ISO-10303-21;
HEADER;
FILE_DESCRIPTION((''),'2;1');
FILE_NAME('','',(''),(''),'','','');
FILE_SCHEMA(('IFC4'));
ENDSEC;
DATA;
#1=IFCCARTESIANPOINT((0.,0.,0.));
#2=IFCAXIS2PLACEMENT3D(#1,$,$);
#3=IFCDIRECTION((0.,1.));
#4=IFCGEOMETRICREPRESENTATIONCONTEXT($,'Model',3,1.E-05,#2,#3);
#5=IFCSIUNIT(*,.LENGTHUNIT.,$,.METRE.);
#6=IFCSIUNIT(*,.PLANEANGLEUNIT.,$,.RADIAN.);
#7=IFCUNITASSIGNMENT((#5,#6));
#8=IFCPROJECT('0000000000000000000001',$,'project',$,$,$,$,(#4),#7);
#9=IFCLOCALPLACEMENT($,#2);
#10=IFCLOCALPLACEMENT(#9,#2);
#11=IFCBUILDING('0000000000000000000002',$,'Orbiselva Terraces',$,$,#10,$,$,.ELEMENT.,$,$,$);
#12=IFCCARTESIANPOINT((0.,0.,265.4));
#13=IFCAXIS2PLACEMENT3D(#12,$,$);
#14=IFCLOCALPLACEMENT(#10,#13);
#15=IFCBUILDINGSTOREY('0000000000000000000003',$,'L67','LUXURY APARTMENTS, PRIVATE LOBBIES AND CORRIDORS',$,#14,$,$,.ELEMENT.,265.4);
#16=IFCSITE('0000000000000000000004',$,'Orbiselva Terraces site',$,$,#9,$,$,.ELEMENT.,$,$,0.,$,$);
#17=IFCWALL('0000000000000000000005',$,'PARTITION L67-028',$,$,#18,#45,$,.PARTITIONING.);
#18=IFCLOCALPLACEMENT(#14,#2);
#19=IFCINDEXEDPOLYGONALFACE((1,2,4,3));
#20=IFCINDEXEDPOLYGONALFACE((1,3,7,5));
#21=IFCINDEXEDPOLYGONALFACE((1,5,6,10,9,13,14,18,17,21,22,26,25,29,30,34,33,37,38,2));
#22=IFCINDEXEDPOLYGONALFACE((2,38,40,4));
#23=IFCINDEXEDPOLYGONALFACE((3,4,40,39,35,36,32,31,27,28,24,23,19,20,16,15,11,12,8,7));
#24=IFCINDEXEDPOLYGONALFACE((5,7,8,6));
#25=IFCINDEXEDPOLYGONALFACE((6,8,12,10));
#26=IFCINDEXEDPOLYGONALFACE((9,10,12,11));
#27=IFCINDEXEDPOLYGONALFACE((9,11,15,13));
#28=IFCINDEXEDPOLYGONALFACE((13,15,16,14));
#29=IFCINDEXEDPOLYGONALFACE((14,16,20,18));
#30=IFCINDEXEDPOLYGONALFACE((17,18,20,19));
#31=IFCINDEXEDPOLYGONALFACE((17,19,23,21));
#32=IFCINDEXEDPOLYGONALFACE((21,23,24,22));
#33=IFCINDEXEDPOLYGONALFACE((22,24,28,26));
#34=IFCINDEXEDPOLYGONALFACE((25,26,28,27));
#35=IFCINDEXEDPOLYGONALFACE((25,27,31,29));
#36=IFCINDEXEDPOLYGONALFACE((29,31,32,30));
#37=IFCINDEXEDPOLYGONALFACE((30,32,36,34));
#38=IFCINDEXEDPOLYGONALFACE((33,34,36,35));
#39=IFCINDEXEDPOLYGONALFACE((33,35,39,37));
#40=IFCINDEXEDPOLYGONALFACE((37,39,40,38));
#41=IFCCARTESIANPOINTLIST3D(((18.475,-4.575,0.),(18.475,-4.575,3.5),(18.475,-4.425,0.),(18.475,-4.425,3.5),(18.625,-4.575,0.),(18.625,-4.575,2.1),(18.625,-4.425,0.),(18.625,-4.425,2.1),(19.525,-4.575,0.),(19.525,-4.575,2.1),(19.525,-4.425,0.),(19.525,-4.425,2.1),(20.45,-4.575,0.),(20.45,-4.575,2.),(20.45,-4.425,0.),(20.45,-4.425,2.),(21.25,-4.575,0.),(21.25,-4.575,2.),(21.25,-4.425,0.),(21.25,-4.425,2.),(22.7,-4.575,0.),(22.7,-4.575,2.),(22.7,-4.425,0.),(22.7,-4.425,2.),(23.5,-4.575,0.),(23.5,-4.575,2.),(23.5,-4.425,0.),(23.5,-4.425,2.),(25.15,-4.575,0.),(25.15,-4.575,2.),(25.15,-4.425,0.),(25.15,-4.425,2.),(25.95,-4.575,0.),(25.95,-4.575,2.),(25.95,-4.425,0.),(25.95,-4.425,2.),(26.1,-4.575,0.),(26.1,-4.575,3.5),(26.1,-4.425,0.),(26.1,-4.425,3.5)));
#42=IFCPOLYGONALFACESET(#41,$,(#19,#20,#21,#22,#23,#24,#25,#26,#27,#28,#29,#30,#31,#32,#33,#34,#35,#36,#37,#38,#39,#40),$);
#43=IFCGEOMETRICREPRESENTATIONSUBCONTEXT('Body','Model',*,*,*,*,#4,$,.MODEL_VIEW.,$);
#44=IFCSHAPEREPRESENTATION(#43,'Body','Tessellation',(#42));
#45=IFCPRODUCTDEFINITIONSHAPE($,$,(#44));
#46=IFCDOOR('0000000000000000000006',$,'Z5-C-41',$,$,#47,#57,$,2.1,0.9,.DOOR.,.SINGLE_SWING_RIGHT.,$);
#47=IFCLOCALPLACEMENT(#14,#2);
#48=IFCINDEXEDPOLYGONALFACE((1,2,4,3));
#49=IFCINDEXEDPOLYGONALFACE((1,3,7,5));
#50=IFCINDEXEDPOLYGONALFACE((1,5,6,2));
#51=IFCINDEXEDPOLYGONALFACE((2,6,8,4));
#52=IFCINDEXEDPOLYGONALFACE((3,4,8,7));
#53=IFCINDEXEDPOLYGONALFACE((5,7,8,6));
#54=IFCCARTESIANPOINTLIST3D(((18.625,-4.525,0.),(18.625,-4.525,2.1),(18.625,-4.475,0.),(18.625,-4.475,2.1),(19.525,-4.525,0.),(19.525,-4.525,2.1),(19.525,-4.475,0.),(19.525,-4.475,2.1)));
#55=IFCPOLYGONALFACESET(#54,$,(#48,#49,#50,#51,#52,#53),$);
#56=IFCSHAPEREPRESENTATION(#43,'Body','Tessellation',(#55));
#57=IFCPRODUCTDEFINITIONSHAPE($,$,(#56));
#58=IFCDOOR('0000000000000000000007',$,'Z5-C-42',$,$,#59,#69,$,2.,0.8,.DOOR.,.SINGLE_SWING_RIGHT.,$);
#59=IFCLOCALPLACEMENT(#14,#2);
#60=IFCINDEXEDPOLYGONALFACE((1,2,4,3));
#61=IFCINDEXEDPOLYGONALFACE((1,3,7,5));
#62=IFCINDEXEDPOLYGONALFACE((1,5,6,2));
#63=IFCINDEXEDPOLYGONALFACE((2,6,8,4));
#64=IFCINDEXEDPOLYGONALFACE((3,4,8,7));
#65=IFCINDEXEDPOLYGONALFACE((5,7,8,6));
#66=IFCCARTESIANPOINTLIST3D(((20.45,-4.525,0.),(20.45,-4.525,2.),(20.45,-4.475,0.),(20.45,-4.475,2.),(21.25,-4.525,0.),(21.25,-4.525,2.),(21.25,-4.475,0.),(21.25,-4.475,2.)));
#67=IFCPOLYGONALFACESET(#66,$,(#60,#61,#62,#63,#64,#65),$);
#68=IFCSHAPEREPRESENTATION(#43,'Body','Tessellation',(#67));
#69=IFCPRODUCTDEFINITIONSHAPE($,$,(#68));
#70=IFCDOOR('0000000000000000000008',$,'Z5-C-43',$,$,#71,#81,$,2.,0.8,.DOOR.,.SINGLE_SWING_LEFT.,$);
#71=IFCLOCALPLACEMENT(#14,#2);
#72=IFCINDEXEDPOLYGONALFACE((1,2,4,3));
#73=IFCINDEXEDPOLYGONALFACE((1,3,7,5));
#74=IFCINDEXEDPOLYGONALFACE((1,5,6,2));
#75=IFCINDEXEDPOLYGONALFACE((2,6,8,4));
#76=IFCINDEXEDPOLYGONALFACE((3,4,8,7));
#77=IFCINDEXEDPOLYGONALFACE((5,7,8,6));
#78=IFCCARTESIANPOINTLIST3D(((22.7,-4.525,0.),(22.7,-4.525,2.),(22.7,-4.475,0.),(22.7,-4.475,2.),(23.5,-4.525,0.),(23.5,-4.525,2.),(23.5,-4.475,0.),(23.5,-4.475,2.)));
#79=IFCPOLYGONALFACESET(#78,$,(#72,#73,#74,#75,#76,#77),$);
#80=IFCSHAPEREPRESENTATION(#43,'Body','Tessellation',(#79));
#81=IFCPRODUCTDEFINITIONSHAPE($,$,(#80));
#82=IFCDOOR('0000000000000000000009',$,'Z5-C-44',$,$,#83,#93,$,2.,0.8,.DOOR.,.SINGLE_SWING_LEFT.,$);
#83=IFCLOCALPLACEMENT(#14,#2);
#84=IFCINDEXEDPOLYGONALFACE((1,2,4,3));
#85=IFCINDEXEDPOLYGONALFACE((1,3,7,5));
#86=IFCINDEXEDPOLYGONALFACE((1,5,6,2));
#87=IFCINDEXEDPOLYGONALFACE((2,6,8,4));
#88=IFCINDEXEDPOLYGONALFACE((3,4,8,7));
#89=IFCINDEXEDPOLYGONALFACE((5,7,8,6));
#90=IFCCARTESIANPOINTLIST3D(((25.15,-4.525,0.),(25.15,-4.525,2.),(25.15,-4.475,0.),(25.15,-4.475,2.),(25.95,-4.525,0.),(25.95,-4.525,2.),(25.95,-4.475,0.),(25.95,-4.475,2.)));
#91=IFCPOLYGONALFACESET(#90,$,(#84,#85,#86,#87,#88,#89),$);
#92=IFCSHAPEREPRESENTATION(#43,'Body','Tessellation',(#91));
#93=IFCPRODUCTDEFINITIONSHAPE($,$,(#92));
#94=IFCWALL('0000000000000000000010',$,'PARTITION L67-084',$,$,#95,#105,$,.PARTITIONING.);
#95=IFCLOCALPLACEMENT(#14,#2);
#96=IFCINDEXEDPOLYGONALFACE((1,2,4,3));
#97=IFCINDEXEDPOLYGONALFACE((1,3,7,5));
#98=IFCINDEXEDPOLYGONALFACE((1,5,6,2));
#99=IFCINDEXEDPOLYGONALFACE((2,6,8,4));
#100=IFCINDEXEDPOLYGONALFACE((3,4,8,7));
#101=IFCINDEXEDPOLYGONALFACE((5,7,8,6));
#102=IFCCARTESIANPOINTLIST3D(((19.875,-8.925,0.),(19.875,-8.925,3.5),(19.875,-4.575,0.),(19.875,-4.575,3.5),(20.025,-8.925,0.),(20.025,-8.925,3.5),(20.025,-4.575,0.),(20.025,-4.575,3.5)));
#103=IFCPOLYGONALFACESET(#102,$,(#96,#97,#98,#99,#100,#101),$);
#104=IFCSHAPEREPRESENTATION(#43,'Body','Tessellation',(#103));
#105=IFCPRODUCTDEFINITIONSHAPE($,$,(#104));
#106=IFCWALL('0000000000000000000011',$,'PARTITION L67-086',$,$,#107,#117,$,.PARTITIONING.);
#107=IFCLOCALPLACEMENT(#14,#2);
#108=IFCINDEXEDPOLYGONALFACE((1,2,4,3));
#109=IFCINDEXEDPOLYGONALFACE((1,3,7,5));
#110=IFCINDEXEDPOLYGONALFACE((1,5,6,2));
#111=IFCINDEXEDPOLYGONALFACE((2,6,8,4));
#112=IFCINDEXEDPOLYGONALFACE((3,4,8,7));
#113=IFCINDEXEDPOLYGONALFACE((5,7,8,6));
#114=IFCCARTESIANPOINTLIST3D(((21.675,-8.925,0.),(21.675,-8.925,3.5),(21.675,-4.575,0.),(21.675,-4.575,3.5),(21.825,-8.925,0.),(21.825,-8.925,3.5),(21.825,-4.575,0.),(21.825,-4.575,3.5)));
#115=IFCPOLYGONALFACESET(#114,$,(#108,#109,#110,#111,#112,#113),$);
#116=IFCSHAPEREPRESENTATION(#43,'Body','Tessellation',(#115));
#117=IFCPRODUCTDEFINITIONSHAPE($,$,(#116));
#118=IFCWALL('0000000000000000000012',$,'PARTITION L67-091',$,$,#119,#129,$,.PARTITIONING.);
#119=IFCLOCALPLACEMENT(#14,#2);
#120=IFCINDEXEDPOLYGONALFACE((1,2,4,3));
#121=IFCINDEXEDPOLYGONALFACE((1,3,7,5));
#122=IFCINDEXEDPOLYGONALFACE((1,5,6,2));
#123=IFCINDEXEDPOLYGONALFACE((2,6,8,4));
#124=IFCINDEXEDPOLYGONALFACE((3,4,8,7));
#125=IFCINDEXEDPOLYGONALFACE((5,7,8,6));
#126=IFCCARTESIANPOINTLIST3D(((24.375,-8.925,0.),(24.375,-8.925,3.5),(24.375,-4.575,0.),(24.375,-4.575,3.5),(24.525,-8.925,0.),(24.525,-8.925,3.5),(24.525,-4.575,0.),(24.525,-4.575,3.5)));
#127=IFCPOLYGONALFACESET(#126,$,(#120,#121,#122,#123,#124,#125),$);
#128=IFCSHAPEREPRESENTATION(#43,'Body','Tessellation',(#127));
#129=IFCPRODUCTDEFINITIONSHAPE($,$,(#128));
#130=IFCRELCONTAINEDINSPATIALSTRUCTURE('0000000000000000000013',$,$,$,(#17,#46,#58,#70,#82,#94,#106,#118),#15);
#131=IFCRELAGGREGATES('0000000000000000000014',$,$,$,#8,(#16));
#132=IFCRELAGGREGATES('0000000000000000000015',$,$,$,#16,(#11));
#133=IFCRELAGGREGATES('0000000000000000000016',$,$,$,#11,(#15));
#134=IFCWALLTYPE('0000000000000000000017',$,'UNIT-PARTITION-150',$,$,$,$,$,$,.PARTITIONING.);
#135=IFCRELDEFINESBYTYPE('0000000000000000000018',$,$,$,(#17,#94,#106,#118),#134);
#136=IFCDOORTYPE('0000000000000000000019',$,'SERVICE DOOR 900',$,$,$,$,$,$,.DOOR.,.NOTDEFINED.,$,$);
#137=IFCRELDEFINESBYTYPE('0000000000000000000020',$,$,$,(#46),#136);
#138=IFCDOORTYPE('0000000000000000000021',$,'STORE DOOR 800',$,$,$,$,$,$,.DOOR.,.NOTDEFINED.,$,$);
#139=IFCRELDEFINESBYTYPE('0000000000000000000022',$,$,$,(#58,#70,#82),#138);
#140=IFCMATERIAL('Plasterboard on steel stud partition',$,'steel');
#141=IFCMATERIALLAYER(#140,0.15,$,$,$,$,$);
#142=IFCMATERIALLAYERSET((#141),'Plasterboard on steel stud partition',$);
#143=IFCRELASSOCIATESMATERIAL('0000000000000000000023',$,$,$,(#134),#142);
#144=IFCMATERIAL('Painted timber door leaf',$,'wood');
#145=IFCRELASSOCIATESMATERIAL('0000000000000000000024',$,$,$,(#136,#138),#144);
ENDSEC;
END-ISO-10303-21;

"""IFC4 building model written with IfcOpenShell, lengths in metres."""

from ifc_helpers import new_model, si_unit, direction, frame, frame_2d, origin, place, context, subcontext, project, spatial, rectangle, extrude, material, layer, layer_set, type_object, element, fill, save


model = new_model("IFC4")

# Units and contexts
model_context = context("Model", 3, precision=1e-05, world=origin(), true_north=direction((0.0, 1.0)))
body_context = subcontext(model_context, "Body", "Model", "MODEL_VIEW")
ifc_project = project(units=[si_unit("LENGTHUNIT", "METRE"), si_unit("PLANEANGLEUNIT", "RADIAN")], contexts=[model_context])

# Site, building, storey
site_placement = place(None, origin())
site = spatial("IfcSite", under=ifc_project, at=site_placement, Name="Orbiselva Terraces site", CompositionType="ELEMENT", RefElevation=0.0)
building_placement = place(site_placement, origin())
building = spatial("IfcBuilding", under=site, at=building_placement, Name="Orbiselva Terraces", CompositionType="ELEMENT")
storey_placement = place(building_placement, frame((0.0, 0.0, 265.4)))
storey = spatial("IfcBuildingStorey", under=building, at=storey_placement, Name="L67", Description="LUXURY APARTMENTS, PRIVATE LOBBIES AND CORRIDORS", CompositionType="ELEMENT", Elevation=265.4)

# Shared definitions
ifc_material_1 = material(Name="Plasterboard on steel stud partition", Category="steel")
ifc_layer_1 = layer(ifc_material_1, 0.15)
ifc_layer_set_1 = layer_set([ifc_layer_1], Name="Plasterboard on steel stud partition")
wall_type_1 = type_object("IfcWallType", Name="UNIT-PARTITION-150", PredefinedType="PARTITIONING", material=ifc_layer_set_1)

# Wall, openings, doors
wall_1_placement = place(storey_placement, frame((26.1, -4.5, 0.0), z_axis=(0.0, 0.0, 1.0), x_axis=(-1.0, 0.0, 0.0)))
wall_1 = element("IfcWall", 1, at=wall_1_placement, inside=storey, type_object=wall_type_1, Name="PARTITION L67-028", PredefinedType="PARTITIONING", context=body_context, shape_type="SweptSolid", body=[
    extrude(rectangle(XDim=7.625, YDim=0.15, at=frame_2d((3.8125, 0.0))), origin(), (0.0, 0.0, 1.0), 3.5),
])
opening_1_placement = place(wall_1_placement, frame((6.575, 0.0, 0.0)))
opening_1 = element("IfcOpeningElement", 2, at=opening_1_placement, cuts=wall_1, PredefinedType="OPENING", context=body_context, shape_type="SweptSolid", body=[
    extrude(rectangle(XDim=0.9, YDim=2.1, at=frame_2d((0.45, 1.05))), frame((0.0, 0.085, 0.0), z_axis=(0.0, -1.0, 0.0), x_axis=(1.0, 0.0, 0.0)), (0.0, 0.0, 1.0), 0.17),
])
opening_2_placement = place(wall_1_placement, frame((4.85, 0.0, 0.0)))
opening_2 = element("IfcOpeningElement", 3, at=opening_2_placement, cuts=wall_1, PredefinedType="OPENING", context=body_context, shape_type="SweptSolid", body=[
    extrude(rectangle(XDim=0.8, YDim=2.0, at=frame_2d((0.4, 1.0))), frame((0.0, 0.085, 0.0), z_axis=(0.0, -1.0, 0.0), x_axis=(1.0, 0.0, 0.0)), (0.0, 0.0, 1.0), 0.17),
])
opening_3_placement = place(wall_1_placement, frame((2.6, 0.0, 0.0)))
opening_3 = element("IfcOpeningElement", 4, at=opening_3_placement, cuts=wall_1, PredefinedType="OPENING", context=body_context, shape_type="SweptSolid", body=[
    extrude(rectangle(XDim=0.8, YDim=2.0, at=frame_2d((0.4, 1.0))), frame((0.0, 0.085, 0.0), z_axis=(0.0, -1.0, 0.0), x_axis=(1.0, 0.0, 0.0)), (0.0, 0.0, 1.0), 0.17),
])
opening_4_placement = place(wall_1_placement, frame((0.15, 0.0, 0.0)))
opening_4 = element("IfcOpeningElement", 5, at=opening_4_placement, cuts=wall_1, PredefinedType="OPENING", context=body_context, shape_type="SweptSolid", body=[
    extrude(rectangle(XDim=0.8, YDim=2.0, at=frame_2d((0.4, 1.0))), frame((0.0, 0.085, 0.0), z_axis=(0.0, -1.0, 0.0), x_axis=(1.0, 0.0, 0.0)), (0.0, 0.0, 1.0), 0.17),
])
ifc_material_2 = material(Name="Painted timber door leaf", Category="wood")
door_type_1 = type_object("IfcDoorType", Name="SERVICE DOOR 900", OperationType="NOTDEFINED", PredefinedType="DOOR", material=ifc_material_2)
door_1_placement = place(opening_1_placement, origin())
door_1 = element("IfcDoor", 6, at=door_1_placement, inside=storey, type_object=door_type_1, Name="Z5-C-41", OperationType="SINGLE_SWING_RIGHT", OverallHeight=2.1, OverallWidth=0.9, PredefinedType="DOOR", context=body_context, shape_type="SweptSolid", body=[
    extrude(rectangle(XDim=0.9, YDim=2.1, at=frame_2d((0.45, 1.05))), frame((0.0, 0.025, 0.0), z_axis=(0.0, -1.0, 0.0), x_axis=(1.0, 0.0, 0.0)), (0.0, 0.0, 1.0), 0.05),
])
fill(opening_1, door_1)
door_type_2 = type_object("IfcDoorType", Name="STORE DOOR 800", OperationType="NOTDEFINED", PredefinedType="DOOR", material=ifc_material_2)
door_2_placement = place(opening_2_placement, origin())
door_2 = element("IfcDoor", 7, at=door_2_placement, inside=storey, type_object=door_type_2, Name="Z5-C-42", OperationType="SINGLE_SWING_RIGHT", OverallHeight=2.0, OverallWidth=0.8, PredefinedType="DOOR", context=body_context, shape_type="SweptSolid", body=[
    extrude(rectangle(XDim=0.8, YDim=2.0, at=frame_2d((0.4, 1.0))), frame((0.0, 0.025, 0.0), z_axis=(0.0, -1.0, 0.0), x_axis=(1.0, 0.0, 0.0)), (0.0, 0.0, 1.0), 0.05),
])
fill(opening_2, door_2)
door_3_placement = place(opening_3_placement, origin())
door_3 = element("IfcDoor", 8, at=door_3_placement, inside=storey, type_object=door_type_2, Name="Z5-C-43", OperationType="SINGLE_SWING_LEFT", OverallHeight=2.0, OverallWidth=0.8, PredefinedType="DOOR", context=body_context, shape_type="SweptSolid", body=[
    extrude(rectangle(XDim=0.8, YDim=2.0, at=frame_2d((0.4, 1.0))), frame((0.0, 0.025, 0.0), z_axis=(0.0, -1.0, 0.0), x_axis=(1.0, 0.0, 0.0)), (0.0, 0.0, 1.0), 0.05),
])
fill(opening_3, door_3)
door_4_placement = place(opening_4_placement, origin())
door_4 = element("IfcDoor", 9, at=door_4_placement, inside=storey, type_object=door_type_2, Name="Z5-C-44", OperationType="SINGLE_SWING_LEFT", OverallHeight=2.0, OverallWidth=0.8, PredefinedType="DOOR", context=body_context, shape_type="SweptSolid", body=[
    extrude(rectangle(XDim=0.8, YDim=2.0, at=frame_2d((0.4, 1.0))), frame((0.0, 0.025, 0.0), z_axis=(0.0, -1.0, 0.0), x_axis=(1.0, 0.0, 0.0)), (0.0, 0.0, 1.0), 0.05),
])
fill(opening_4, door_4)

# Walls
for number, where, z_axis, x_axis, name in (
    (10, (19.95, -8.925, 0.0), (0.0, 0.0, 1.0), (0.0, 1.0, 0.0), "PARTITION L67-084"),
    (11, (21.75, -8.925, 0.0), (0.0, 0.0, 1.0), (0.0, 1.0, 0.0), "PARTITION L67-086"),
    (12, (24.45, -8.925, 0.0), (0.0, 0.0, 1.0), (0.0, 1.0, 0.0), "PARTITION L67-091"),
):
    element("IfcWall", number, at=place(storey_placement, frame(where, z_axis=z_axis, x_axis=x_axis)), inside=storey, type_object=wall_type_1, Name=name, PredefinedType="PARTITIONING", context=body_context, shape_type="SweptSolid", body=[
        extrude(rectangle(XDim=4.35, YDim=0.15, at=frame_2d((2.175, 0.0))), origin(), (0.0, 0.0, 1.0), 3.5),
    ])

save(model, "model.ifc")
